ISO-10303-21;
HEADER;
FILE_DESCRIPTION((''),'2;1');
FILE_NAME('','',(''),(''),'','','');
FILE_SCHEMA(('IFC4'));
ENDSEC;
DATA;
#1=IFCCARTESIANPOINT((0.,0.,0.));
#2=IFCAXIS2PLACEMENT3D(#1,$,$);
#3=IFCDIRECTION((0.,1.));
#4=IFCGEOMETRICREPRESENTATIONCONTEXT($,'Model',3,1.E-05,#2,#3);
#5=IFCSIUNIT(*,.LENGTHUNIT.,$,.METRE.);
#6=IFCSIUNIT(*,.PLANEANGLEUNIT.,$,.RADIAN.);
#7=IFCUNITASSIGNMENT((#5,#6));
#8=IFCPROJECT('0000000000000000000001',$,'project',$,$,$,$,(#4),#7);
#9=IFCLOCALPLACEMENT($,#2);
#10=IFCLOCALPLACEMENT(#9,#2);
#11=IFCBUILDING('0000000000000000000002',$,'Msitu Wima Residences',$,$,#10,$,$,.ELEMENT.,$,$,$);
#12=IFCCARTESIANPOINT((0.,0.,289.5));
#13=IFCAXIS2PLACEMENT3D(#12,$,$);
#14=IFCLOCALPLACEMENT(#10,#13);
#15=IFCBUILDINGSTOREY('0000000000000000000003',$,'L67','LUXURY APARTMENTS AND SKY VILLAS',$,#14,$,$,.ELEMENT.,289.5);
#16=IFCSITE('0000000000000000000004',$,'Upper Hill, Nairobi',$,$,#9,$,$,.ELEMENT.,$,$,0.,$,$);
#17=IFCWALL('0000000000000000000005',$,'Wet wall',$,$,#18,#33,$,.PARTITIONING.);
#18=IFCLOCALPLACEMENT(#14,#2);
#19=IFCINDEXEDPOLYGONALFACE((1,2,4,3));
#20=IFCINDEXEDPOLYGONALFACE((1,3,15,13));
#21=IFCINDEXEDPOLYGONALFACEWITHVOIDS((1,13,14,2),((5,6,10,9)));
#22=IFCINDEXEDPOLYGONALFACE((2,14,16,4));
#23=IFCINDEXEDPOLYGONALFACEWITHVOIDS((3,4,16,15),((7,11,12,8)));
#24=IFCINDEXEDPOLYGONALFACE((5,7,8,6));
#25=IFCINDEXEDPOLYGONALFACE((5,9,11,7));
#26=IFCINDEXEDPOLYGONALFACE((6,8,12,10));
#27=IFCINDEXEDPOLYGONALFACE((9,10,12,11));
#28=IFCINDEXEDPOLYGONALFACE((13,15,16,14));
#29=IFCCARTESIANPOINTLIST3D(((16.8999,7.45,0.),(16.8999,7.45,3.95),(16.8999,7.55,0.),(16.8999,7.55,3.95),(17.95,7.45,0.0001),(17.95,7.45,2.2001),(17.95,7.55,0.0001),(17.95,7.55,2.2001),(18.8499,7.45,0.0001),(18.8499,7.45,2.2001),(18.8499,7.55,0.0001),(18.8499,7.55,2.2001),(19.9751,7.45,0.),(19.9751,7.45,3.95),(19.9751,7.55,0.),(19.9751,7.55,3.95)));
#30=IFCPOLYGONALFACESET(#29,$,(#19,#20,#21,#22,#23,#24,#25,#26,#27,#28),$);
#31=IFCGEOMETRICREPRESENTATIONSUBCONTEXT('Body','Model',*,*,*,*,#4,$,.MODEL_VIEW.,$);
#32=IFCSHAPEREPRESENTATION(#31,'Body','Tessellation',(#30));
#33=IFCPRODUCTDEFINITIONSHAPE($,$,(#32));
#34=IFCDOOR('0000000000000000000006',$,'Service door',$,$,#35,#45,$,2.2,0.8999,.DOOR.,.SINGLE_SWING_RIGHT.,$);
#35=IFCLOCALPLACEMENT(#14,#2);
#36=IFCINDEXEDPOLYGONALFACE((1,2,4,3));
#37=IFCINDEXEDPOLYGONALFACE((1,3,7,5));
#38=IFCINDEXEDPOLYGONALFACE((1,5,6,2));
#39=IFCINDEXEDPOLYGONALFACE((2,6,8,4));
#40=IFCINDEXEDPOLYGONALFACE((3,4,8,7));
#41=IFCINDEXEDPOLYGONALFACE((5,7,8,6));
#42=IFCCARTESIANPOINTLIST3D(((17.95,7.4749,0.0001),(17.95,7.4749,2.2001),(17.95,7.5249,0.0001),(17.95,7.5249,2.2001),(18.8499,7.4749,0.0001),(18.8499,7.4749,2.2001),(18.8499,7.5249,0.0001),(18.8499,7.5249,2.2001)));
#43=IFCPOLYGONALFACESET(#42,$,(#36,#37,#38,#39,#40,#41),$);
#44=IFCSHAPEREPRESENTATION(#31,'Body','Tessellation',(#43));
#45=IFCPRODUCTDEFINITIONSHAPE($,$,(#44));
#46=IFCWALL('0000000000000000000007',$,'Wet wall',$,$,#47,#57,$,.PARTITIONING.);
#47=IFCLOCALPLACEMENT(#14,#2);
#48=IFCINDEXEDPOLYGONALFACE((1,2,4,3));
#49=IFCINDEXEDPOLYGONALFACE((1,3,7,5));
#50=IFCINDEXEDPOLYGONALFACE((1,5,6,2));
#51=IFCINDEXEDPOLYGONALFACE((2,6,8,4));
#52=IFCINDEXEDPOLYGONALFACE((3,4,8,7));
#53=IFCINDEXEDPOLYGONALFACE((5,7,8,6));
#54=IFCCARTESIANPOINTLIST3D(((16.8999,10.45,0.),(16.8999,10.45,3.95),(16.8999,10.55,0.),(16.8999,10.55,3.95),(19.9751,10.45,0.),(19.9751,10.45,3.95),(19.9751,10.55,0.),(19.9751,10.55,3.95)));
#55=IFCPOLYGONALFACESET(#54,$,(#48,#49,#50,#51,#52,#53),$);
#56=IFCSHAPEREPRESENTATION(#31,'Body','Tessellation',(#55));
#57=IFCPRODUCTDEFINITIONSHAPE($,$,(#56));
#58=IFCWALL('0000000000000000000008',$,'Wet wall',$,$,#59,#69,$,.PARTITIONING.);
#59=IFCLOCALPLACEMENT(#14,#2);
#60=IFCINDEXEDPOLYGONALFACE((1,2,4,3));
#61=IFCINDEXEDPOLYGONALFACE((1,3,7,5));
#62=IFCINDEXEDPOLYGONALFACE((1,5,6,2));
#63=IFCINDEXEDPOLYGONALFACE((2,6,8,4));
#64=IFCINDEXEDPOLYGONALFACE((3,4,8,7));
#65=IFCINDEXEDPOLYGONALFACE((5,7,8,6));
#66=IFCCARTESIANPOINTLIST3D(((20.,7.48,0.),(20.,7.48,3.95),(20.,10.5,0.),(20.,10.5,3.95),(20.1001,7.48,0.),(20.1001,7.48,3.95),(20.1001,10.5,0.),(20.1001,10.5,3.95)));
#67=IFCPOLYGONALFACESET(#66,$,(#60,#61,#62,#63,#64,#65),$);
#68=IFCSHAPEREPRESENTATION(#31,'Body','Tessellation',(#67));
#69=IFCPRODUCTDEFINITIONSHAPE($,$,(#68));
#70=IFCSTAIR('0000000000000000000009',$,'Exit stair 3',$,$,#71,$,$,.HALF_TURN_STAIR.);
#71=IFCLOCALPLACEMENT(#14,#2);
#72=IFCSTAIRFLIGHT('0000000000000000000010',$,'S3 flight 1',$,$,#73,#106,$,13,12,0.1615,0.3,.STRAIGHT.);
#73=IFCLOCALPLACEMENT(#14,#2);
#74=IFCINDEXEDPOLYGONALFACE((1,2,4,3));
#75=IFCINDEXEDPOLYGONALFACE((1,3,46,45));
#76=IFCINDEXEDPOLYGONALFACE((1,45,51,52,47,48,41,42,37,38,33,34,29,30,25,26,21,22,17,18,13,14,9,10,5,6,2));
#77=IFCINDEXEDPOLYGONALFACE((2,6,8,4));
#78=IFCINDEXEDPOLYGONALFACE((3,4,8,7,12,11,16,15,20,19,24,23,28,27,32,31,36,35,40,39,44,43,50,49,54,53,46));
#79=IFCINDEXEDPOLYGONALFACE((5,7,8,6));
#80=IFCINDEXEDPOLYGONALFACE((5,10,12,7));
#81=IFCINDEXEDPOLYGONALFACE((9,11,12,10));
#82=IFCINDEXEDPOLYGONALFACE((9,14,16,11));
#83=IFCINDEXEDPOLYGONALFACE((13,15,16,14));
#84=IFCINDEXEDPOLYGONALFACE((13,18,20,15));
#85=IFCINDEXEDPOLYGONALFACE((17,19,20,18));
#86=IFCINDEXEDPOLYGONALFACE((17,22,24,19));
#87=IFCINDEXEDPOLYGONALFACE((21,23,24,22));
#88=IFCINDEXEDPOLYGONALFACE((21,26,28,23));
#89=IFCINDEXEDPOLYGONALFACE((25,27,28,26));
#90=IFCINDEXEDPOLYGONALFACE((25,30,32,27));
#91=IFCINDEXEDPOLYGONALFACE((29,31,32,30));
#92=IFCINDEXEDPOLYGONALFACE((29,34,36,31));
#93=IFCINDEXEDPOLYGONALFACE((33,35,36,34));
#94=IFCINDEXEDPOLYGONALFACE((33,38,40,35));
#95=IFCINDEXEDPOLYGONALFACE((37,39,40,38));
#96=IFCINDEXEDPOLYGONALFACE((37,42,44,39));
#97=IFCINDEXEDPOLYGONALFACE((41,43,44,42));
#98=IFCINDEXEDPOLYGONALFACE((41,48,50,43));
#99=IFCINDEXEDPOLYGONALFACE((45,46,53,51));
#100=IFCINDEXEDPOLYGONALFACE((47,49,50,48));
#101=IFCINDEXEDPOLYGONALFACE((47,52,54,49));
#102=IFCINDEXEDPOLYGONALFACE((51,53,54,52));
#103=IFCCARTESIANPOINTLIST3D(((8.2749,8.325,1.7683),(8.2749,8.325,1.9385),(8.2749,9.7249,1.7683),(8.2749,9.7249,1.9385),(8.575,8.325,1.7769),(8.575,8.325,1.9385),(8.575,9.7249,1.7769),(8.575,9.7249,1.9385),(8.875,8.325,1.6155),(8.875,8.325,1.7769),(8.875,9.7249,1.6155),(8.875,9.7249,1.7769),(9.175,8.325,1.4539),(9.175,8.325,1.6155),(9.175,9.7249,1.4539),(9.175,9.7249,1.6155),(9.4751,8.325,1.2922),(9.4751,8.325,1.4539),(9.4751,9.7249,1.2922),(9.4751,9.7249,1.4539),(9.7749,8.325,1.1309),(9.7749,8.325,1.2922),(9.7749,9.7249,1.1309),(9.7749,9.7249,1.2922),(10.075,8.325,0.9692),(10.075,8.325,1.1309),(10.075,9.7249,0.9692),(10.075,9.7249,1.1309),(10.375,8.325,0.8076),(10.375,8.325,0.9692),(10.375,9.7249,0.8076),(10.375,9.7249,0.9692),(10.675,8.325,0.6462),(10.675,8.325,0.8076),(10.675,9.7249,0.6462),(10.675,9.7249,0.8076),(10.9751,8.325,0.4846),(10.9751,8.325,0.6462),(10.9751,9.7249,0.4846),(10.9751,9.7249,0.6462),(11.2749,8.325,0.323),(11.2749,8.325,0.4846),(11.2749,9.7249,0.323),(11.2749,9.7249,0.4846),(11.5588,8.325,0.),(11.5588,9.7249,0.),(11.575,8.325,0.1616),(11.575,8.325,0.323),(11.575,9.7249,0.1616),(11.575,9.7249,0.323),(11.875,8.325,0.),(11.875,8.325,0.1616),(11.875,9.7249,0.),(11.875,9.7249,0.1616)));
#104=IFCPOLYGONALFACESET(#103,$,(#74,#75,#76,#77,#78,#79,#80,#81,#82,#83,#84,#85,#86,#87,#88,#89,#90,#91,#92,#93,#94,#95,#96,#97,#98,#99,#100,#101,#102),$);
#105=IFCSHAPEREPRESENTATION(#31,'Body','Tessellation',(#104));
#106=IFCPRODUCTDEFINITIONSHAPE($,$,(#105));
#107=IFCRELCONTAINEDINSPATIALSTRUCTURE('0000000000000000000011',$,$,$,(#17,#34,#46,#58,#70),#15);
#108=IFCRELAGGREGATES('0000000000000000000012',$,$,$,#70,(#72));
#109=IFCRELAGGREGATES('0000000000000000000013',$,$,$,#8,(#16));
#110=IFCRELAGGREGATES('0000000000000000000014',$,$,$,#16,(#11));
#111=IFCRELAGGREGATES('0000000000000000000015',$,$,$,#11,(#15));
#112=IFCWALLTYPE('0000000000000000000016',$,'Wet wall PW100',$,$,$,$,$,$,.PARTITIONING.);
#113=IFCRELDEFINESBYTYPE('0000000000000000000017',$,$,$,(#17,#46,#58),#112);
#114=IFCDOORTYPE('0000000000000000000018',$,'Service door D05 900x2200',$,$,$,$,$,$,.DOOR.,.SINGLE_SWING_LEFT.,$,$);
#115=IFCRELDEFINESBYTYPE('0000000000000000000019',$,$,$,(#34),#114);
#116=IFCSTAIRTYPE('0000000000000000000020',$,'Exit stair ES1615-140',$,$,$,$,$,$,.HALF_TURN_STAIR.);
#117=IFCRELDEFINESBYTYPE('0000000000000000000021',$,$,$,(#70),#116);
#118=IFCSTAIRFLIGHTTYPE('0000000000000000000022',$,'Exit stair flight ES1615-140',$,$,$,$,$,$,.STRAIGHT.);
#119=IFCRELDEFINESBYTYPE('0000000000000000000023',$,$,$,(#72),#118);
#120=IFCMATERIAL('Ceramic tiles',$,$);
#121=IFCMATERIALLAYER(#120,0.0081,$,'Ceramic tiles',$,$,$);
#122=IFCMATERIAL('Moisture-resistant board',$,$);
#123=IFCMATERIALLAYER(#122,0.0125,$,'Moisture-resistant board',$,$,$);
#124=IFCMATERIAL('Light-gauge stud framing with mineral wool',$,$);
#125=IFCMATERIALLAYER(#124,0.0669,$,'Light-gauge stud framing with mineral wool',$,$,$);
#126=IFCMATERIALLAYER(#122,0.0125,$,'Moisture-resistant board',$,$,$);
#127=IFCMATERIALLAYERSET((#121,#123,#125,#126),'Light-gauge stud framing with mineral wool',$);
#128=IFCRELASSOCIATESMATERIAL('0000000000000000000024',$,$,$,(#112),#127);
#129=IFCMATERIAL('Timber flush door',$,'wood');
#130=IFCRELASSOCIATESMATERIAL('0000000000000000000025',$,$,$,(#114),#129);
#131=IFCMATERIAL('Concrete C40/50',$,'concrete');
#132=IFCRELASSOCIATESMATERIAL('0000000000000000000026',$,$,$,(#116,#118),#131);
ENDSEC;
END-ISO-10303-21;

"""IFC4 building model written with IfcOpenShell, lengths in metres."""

from ifc_helpers import new_model, si_unit, direction, frame, frame_2d, origin, place, context, subcontext, project, spatial, polyline, rectangle, outline, extrude, material, layer, layer_set, type_object, element, fill, aggregate, save


model = new_model("IFC4")

# Units and contexts
model_context = context("Model", 3, precision=1e-05, world=origin(), true_north=direction((0.0, 1.0)))
body_context = subcontext(model_context, "Body", "Model", "MODEL_VIEW")
ifc_project = project(units=[si_unit("LENGTHUNIT", "METRE"), si_unit("PLANEANGLEUNIT", "RADIAN")], contexts=[model_context])

# Site, building, storey
site_placement = place(None, origin())
site = spatial("IfcSite", under=ifc_project, at=site_placement, Name="Upper Hill, Nairobi", CompositionType="ELEMENT", RefElevation=0.0)
building_placement = place(site_placement, origin())
building = spatial("IfcBuilding", under=site, at=building_placement, Name="Msitu Wima Residences", CompositionType="ELEMENT")
storey_placement = place(building_placement, frame((0.0, 0.0, 289.5)))
storey = spatial("IfcBuildingStorey", under=building, at=storey_placement, Name="L67", Description="LUXURY APARTMENTS AND SKY VILLAS", CompositionType="ELEMENT", Elevation=289.5)

# Shared definitions
ifc_material_1 = material(Name="Concrete C40/50", Category="concrete")

# Shared definitions
ifc_material_2 = material(Name="Timber flush door", Category="wood")

# Shared definitions
ifc_material_3 = material(Name="Ceramic tiles")
ifc_layer_1 = layer(ifc_material_3, 0.0081, Name="Ceramic tiles")
ifc_material_4 = material(Name="Moisture-resistant board")
ifc_layer_2 = layer(ifc_material_4, 0.0125, Name="Moisture-resistant board")
ifc_material_5 = material(Name="Light-gauge stud framing with mineral wool")
ifc_layer_3 = layer(ifc_material_5, 0.0669, Name="Light-gauge stud framing with mineral wool")
ifc_layer_4 = layer(ifc_material_4, 0.0125, Name="Moisture-resistant board")
ifc_layer_set_1 = layer_set([ifc_layer_1, ifc_layer_2, ifc_layer_3, ifc_layer_4], Name="Light-gauge stud framing with mineral wool")
wall_type_1 = type_object("IfcWallType", Name="Wet wall PW100", PredefinedType="PARTITIONING", material=ifc_layer_set_1)

# Wall, opening, door
wall_1_placement = place(storey_placement, frame((16.8999, 7.5, 0.0), z_axis=(0.0, 0.0, 1.0), x_axis=(1.0, 0.0, 0.0)))
wall_1 = element("IfcWall", 1, at=wall_1_placement, inside=storey, type_object=wall_type_1, Name="Wet wall", PredefinedType="PARTITIONING", context=body_context, shape_type="SweptSolid", body=[
    extrude(rectangle(XDim=3.0752, YDim=0.1001, at=frame_2d((1.5376, 0.0))), origin(), (0.0, 0.0, 1.0), 3.95),
])
opening_1_placement = place(wall_1_placement, frame((1.05, 0.0, 0.0)))
opening_1 = element("IfcOpeningElement", 2, at=opening_1_placement, cuts=wall_1, PredefinedType="OPENING", context=body_context, shape_type="SweptSolid", body=[
    extrude(rectangle(XDim=0.8999, YDim=2.2, at=frame_2d((0.45, 1.1001))), frame((0.0, 0.0601, 0.0), z_axis=(0.0, -1.0, 0.0), x_axis=(1.0, 0.0, 0.0)), (0.0, 0.0, 1.0), 0.1201),
])
door_type_1 = type_object("IfcDoorType", Name="Service door D05 900x2200", OperationType="SINGLE_SWING_LEFT", PredefinedType="DOOR", material=ifc_material_2)
door_1_placement = place(opening_1_placement, origin())
door_1 = element("IfcDoor", 3, at=door_1_placement, inside=storey, type_object=door_type_1, Name="Service door", OperationType="SINGLE_SWING_RIGHT", OverallHeight=2.2, OverallWidth=0.8999, PredefinedType="DOOR", context=body_context, shape_type="SweptSolid", body=[
    extrude(rectangle(XDim=0.8999, YDim=2.2, at=frame_2d((0.45, 1.1001))), frame((0.0, 0.0249, 0.0), z_axis=(0.0, -1.0, 0.0), x_axis=(1.0, 0.0, 0.0)), (0.0, 0.0, 1.0), 0.05),
])
fill(opening_1, door_1)

# Walls
wall_2_placement = place(storey_placement, frame((16.8999, 10.5, 0.0), z_axis=(0.0, 0.0, 1.0), x_axis=(1.0, 0.0, 0.0)))
element("IfcWall", 4, at=wall_2_placement, inside=storey, type_object=wall_type_1, Name="Wet wall", PredefinedType="PARTITIONING", context=body_context, shape_type="SweptSolid", body=[
    extrude(rectangle(XDim=3.0752, YDim=0.1001, at=frame_2d((1.5376, 0.0))), origin(), (0.0, 0.0, 1.0), 3.95),
])
wall_3_placement = place(storey_placement, frame((20.05, 7.48, 0.0), z_axis=(0.0, 0.0, 1.0), x_axis=(0.0, 1.0, 0.0)))
element("IfcWall", 5, at=wall_3_placement, inside=storey, type_object=wall_type_1, Name="Wet wall", PredefinedType="PARTITIONING", context=body_context, shape_type="SweptSolid", body=[
    extrude(rectangle(XDim=3.02, YDim=0.1001, at=frame_2d((1.51, 0.0))), origin(), (0.0, 0.0, 1.0), 3.95),
])

# Stair, stair flight
stair_type = type_object("IfcStairType", Name="Exit stair ES1615-140", PredefinedType="HALF_TURN_STAIR", material=ifc_material_1)
stair_placement = place(storey_placement, origin())
stair = element("IfcStair", 6, at=stair_placement, inside=storey, type_object=stair_type, Name="Exit stair 3", PredefinedType="HALF_TURN_STAIR")
stair_flight_type = type_object("IfcStairFlightType", Name="Exit stair flight ES1615-140", PredefinedType="STRAIGHT", material=ifc_material_1)
stair_flight_placement = place(storey_placement, frame((11.875, 9.0249, 0.0), z_axis=(0.0, 0.0, 1.0), x_axis=(-1.0, 0.0, 0.0)))
stair_flight = element("IfcStairFlight", 7, at=stair_flight_placement, type_object=stair_flight_type, Name="S3 flight 1", NumberOfRisers=13, NumberOfTreads=12, PredefinedType="STRAIGHT", RiserHeight=0.1615, TreadLength=0.3, context=body_context, shape_type="SweptSolid", body=[
    extrude(outline(polyline([(0.0, 0.0), (0.0, 0.1616), (0.3, 0.1616), (0.3, 0.323), (0.6001, 0.323), (0.6001, 0.4846), (0.8999, 0.4846), (0.8999, 0.6462), (1.2, 0.6462), (1.2, 0.8076), (1.5, 0.8076), (1.5, 0.9692), (1.8, 0.9692), (1.8, 1.1309), (2.1001, 1.1309), (2.1001, 1.2922), (2.3999, 1.2922), (2.3999, 1.4539), (2.7, 1.4539), (2.7, 1.6155), (3.0, 1.6155), (3.0, 1.7769), (3.3, 1.7769), (3.3, 1.9385), (3.6001, 1.9385), (3.6001, 2.1001), (3.6001, 1.7683), (0.3162, 0.0), (0.0, 0.0)])), frame((0.0, 0.7, 0.0), z_axis=(0.0, -1.0, 0.0), x_axis=(1.0, 0.0, 0.0)), (0.0, 0.0, 1.0), 1.3999),
])
aggregate(stair, [stair_flight])

save(model, "model.ifc")
